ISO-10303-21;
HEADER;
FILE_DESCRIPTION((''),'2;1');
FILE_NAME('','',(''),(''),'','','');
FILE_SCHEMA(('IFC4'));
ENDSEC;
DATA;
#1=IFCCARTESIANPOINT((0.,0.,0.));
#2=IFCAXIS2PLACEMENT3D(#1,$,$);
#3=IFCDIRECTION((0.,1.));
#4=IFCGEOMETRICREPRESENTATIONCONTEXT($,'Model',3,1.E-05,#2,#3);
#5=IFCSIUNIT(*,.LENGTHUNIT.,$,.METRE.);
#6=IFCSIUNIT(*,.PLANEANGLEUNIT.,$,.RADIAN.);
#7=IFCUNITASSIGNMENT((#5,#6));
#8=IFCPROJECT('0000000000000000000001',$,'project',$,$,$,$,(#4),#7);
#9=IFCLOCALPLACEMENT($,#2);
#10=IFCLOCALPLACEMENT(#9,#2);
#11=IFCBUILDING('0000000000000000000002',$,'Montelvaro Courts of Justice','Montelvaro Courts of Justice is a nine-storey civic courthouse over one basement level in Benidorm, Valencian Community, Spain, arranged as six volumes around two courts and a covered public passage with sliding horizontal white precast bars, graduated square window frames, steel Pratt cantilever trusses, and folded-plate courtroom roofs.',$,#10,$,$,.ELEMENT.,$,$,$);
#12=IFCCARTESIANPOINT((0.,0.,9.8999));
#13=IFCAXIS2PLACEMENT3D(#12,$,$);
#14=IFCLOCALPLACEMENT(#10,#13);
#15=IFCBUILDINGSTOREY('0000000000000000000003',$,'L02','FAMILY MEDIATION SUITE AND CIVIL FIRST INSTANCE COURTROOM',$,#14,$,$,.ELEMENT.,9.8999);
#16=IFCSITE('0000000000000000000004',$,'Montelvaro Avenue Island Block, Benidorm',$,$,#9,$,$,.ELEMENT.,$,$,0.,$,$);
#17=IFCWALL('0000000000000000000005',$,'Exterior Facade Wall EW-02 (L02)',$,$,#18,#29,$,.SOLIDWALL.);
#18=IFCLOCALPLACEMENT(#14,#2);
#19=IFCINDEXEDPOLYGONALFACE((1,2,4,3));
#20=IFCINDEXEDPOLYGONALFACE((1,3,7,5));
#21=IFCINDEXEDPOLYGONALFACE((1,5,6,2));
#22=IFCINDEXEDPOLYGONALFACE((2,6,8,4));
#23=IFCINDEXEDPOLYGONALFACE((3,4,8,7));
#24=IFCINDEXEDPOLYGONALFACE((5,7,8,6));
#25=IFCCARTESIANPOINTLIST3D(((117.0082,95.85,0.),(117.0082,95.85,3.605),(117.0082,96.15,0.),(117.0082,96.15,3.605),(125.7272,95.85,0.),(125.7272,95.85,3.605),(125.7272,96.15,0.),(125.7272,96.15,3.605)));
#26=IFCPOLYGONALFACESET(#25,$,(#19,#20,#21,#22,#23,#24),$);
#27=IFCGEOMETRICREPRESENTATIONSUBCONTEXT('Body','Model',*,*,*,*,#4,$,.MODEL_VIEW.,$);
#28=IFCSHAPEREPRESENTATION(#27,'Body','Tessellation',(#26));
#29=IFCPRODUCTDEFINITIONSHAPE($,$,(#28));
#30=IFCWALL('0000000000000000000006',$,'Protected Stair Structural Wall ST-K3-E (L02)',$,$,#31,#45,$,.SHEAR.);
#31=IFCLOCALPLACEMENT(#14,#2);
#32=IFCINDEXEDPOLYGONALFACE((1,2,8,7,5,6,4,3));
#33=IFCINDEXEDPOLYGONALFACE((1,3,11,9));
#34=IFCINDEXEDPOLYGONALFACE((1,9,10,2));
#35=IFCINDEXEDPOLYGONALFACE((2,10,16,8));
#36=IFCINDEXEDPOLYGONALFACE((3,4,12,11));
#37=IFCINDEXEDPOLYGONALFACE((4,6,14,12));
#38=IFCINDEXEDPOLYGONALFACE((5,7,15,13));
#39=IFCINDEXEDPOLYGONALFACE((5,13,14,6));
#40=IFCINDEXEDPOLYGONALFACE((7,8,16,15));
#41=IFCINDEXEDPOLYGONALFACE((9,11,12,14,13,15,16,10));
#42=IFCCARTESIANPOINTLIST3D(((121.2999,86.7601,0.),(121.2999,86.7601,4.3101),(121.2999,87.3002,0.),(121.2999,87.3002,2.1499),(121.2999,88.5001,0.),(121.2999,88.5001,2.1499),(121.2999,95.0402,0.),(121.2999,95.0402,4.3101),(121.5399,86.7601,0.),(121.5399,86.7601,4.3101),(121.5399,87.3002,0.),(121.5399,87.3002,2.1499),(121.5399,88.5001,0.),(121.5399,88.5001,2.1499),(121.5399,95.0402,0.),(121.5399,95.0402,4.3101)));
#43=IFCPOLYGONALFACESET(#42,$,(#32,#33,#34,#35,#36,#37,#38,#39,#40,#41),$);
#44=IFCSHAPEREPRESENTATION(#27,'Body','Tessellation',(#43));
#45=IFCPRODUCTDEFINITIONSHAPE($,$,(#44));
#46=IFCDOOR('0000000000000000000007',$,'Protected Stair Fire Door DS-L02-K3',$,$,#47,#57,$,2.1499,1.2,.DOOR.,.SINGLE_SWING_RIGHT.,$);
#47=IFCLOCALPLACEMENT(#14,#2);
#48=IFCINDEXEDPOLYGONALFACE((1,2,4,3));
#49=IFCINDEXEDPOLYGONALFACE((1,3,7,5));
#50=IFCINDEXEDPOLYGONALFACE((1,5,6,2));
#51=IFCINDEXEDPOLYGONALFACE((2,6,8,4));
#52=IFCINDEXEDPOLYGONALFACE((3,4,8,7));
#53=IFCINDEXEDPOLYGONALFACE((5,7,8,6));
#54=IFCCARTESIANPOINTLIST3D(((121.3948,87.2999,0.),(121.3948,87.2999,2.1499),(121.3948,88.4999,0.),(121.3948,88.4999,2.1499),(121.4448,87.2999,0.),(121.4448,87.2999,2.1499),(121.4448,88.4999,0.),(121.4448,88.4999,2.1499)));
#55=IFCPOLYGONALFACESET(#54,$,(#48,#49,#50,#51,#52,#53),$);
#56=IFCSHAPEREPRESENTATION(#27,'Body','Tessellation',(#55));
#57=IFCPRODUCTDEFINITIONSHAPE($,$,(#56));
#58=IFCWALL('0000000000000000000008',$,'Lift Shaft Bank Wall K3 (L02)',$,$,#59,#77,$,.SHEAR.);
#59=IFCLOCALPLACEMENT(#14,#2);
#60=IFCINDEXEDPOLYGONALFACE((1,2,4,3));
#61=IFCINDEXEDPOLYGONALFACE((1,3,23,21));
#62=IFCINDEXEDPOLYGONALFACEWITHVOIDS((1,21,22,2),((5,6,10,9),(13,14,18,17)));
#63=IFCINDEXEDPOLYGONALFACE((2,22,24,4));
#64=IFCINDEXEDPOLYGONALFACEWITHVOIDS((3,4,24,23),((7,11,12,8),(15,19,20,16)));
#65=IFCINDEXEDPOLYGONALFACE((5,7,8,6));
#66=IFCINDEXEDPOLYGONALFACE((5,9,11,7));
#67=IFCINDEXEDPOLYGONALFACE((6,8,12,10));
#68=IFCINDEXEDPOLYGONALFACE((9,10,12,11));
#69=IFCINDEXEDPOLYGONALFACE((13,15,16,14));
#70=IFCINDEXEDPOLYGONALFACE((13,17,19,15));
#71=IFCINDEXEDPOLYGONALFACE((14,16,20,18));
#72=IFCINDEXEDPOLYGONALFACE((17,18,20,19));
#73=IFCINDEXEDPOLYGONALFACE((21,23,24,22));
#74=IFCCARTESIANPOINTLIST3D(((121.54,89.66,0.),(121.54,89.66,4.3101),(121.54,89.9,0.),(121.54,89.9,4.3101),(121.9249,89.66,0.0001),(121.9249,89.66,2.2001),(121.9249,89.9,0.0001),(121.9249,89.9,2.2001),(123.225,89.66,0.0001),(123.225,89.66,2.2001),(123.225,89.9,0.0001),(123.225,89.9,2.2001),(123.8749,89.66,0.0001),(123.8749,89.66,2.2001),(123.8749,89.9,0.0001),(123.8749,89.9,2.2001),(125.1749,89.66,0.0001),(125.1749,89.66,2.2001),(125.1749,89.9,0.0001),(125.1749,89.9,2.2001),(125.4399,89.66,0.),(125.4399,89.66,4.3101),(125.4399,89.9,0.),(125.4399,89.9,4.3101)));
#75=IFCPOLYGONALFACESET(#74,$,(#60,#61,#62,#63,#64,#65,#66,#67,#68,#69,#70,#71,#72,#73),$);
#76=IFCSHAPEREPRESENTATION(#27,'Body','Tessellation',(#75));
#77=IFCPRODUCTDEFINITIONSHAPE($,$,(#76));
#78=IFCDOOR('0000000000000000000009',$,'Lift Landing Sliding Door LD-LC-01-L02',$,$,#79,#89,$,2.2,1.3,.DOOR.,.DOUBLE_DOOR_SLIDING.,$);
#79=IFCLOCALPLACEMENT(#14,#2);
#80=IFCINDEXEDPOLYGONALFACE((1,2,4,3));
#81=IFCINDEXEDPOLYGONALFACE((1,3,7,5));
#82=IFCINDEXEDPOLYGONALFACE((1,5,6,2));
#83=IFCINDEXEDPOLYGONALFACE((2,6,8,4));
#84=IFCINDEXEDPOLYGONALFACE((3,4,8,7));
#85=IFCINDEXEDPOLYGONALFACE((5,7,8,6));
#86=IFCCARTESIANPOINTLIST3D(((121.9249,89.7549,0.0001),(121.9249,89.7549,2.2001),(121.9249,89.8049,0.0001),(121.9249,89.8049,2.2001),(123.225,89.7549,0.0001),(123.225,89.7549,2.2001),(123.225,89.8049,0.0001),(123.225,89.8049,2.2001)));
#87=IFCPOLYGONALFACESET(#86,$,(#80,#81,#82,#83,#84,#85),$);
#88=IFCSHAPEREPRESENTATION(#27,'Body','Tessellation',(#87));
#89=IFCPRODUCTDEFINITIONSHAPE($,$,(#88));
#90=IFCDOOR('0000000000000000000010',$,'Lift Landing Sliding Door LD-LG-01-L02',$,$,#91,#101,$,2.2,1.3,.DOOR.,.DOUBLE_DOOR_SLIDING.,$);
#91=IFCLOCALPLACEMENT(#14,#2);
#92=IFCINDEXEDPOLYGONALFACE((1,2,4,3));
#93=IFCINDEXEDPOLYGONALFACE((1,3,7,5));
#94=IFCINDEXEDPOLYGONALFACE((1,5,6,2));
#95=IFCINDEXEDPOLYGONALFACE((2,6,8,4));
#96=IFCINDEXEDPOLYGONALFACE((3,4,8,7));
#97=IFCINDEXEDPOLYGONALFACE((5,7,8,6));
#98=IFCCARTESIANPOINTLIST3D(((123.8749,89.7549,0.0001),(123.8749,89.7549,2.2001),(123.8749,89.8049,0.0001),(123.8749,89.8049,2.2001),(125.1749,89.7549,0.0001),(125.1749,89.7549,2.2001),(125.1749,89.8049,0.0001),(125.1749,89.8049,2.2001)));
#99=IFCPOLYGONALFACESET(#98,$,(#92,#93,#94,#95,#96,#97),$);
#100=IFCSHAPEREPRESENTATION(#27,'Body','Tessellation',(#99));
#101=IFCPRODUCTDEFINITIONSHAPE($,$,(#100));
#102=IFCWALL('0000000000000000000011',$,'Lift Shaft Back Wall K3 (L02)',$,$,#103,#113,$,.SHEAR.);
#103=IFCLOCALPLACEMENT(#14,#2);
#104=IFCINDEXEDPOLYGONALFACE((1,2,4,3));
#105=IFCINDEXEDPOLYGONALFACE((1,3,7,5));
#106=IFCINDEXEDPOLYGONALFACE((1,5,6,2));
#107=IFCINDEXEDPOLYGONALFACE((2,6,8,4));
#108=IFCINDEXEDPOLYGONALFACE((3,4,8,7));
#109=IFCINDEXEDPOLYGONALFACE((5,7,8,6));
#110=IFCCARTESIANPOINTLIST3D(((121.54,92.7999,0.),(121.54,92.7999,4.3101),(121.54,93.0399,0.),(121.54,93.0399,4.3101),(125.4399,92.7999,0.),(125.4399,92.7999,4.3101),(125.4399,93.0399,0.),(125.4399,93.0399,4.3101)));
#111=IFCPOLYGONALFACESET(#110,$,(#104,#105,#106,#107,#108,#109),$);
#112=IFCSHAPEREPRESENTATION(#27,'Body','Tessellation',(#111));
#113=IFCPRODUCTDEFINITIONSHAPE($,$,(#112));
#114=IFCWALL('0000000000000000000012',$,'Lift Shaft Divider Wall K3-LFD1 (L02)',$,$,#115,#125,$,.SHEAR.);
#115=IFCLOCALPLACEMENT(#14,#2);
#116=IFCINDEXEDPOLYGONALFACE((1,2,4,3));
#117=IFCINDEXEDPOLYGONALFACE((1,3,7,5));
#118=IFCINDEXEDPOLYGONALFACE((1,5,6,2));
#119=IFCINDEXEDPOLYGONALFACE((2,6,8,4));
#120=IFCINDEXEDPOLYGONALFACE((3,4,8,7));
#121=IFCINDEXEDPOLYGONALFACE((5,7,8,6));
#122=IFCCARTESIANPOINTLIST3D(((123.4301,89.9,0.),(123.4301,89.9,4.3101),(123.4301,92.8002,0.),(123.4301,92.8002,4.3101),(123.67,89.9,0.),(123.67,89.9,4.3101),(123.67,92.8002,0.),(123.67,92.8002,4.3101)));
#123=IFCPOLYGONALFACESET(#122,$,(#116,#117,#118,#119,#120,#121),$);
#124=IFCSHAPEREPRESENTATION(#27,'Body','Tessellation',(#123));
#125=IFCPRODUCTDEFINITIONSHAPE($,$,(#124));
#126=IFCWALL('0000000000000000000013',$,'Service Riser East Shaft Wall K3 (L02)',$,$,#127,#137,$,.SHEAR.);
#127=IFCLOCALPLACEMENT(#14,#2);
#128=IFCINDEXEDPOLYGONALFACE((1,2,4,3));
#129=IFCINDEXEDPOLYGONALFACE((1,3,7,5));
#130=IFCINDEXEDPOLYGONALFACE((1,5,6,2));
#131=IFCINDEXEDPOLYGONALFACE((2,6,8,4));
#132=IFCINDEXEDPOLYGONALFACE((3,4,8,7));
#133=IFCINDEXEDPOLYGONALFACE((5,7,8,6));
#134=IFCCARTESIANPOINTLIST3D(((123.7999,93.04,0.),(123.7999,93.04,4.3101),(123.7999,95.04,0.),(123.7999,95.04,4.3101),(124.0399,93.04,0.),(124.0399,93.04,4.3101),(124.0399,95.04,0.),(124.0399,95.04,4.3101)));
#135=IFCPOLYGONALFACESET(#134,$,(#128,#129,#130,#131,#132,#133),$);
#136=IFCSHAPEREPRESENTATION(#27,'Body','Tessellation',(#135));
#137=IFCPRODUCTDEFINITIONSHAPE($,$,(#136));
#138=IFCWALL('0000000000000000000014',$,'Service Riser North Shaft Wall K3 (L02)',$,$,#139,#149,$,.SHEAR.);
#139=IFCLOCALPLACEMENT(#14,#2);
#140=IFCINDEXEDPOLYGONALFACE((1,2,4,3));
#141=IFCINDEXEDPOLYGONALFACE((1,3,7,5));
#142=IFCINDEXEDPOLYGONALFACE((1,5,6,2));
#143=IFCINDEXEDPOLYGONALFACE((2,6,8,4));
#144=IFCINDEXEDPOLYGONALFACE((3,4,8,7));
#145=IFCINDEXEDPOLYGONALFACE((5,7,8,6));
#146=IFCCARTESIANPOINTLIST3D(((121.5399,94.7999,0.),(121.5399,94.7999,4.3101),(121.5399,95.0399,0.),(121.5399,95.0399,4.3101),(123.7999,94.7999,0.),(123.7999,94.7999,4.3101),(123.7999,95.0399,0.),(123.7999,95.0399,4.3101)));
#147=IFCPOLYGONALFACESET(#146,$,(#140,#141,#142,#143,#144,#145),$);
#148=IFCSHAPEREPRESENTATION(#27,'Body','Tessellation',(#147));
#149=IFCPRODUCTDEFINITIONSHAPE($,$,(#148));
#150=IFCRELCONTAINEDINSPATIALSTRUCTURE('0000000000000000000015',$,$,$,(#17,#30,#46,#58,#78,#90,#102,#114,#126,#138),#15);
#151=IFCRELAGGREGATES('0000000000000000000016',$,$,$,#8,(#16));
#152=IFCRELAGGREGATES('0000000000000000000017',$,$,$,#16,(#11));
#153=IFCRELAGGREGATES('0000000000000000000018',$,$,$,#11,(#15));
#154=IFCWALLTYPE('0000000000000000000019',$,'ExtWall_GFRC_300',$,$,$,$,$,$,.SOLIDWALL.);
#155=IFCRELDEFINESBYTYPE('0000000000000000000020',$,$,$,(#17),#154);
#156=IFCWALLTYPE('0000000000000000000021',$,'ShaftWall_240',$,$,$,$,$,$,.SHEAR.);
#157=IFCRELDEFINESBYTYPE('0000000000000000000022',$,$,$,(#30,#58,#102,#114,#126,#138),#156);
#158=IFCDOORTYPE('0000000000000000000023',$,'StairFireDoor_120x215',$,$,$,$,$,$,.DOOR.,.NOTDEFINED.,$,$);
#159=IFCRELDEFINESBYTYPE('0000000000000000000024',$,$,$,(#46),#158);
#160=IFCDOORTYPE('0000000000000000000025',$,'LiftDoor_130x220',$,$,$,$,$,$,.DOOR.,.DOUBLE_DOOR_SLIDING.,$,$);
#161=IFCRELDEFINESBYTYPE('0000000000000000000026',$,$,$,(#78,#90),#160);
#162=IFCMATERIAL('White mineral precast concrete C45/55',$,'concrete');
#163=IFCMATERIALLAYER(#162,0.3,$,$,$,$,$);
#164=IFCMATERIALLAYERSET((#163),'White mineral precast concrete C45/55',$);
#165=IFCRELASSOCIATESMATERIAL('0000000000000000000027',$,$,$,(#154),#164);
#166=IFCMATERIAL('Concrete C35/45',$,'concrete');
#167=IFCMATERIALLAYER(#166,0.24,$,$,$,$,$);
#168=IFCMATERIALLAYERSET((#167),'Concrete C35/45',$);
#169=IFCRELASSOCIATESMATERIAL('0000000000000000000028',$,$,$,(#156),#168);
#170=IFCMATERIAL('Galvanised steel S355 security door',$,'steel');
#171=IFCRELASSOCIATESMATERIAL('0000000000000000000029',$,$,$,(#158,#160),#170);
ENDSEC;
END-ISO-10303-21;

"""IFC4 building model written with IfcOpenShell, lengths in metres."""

from ifc_helpers import new_model, si_unit, direction, frame, frame_2d, origin, place, context, subcontext, project, spatial, rectangle, extrude, material, layer, layer_set, type_object, element, fill, save


model = new_model("IFC4")

# Units and contexts
model_context = context("Model", 3, precision=1e-05, world=origin(), true_north=direction((0.0, 1.0)))
body_context = subcontext(model_context, "Body", "Model", "MODEL_VIEW")
ifc_project = project(units=[si_unit("LENGTHUNIT", "METRE"), si_unit("PLANEANGLEUNIT", "RADIAN")], contexts=[model_context])

# Site, building, storey
site_placement = place(None, origin())
site = spatial("IfcSite", under=ifc_project, at=site_placement, Name="Montelvaro Avenue Island Block, Benidorm", CompositionType="ELEMENT", RefElevation=0.0)
building_placement = place(site_placement, origin())
building = spatial("IfcBuilding", under=site, at=building_placement, Name="Montelvaro Courts of Justice", Description="Montelvaro Courts of Justice is a nine-storey civic courthouse over one basement level in Benidorm, Valencian Community, Spain, arranged as six volumes around two courts and a covered public passage with sliding horizontal white precast bars, graduated square window frames, steel Pratt cantilever trusses, and folded-plate courtroom roofs.", CompositionType="ELEMENT")
storey_placement = place(building_placement, frame((0.0, 0.0, 9.8999)))
storey = spatial("IfcBuildingStorey", under=building, at=storey_placement, Name="L02", Description="FAMILY MEDIATION SUITE AND CIVIL FIRST INSTANCE COURTROOM", CompositionType="ELEMENT", Elevation=9.8999)

# Shared definitions
ifc_material_1 = material(Name="Galvanised steel S355 security door", Category="steel")

# Wall
ifc_material_2 = material(Name="White mineral precast concrete C45/55", Category="concrete")
ifc_layer_1 = layer(ifc_material_2, 0.3)
ifc_layer_set_1 = layer_set([ifc_layer_1], Name="White mineral precast concrete C45/55")
wall_type_1 = type_object("IfcWallType", Name="ExtWall_GFRC_300", PredefinedType="SOLIDWALL", material=ifc_layer_set_1)
wall_1_placement = place(storey_placement, frame((125.7271, 96.0, 0.0), z_axis=(0.0, 0.0, 1.0), x_axis=(-1.0, 0.0, 0.0)))
element("IfcWall", 1, at=wall_1_placement, inside=storey, type_object=wall_type_1, Name="Exterior Facade Wall EW-02 (L02)", PredefinedType="SOLIDWALL", context=body_context, shape_type="SweptSolid", body=[
    extrude(rectangle(XDim=8.719, YDim=0.3, at=frame_2d((4.3594, 0.0))), origin(), (0.0, 0.0, 1.0), 3.605),
])

# Wall, opening, door
ifc_material_3 = material(Name="Concrete C35/45", Category="concrete")
ifc_layer_2 = layer(ifc_material_3, 0.24)
ifc_layer_set_2 = layer_set([ifc_layer_2], Name="Concrete C35/45")
wall_type_2 = type_object("IfcWallType", Name="ShaftWall_240", PredefinedType="SHEAR", material=ifc_layer_set_2)
wall_2_placement = place(storey_placement, frame((121.4199, 86.76, 0.0), z_axis=(0.0, 0.0, 1.0), x_axis=(0.0, 1.0, 0.0)))
wall_2 = element("IfcWall", 2, at=wall_2_placement, inside=storey, type_object=wall_type_2, Name="Protected Stair Structural Wall ST-K3-E (L02)", PredefinedType="SHEAR", context=body_context, shape_type="SweptSolid", body=[
    extrude(rectangle(XDim=8.28, YDim=0.24, at=frame_2d((4.1401, 0.0))), origin(), (0.0, 0.0, 1.0), 4.3101),
])
opening_1_placement = place(wall_2_placement, frame((0.54, 0.0, 0.0)))
opening_1 = element("IfcOpeningElement", 3, at=opening_1_placement, cuts=wall_2, PredefinedType="OPENING", context=body_context, shape_type="SweptSolid", body=[
    extrude(rectangle(XDim=1.2, YDim=2.1499, at=frame_2d((0.6001, 1.075))), frame((0.0, 0.1348, 0.0), z_axis=(0.0, -1.0, 0.0), x_axis=(1.0, 0.0, 0.0)), (0.0, 0.0, 1.0), 0.2698),
])
door_type_1 = type_object("IfcDoorType", Name="StairFireDoor_120x215", OperationType="NOTDEFINED", PredefinedType="DOOR", material=ifc_material_1)
door_1_placement = place(opening_1_placement, frame((1.2, 0.0, 0.0), z_axis=(0.0, 0.0, 1.0), x_axis=(-1.0, 0.0, 0.0)))
door_1 = element("IfcDoor", 4, at=door_1_placement, inside=storey, type_object=door_type_1, Name="Protected Stair Fire Door DS-L02-K3", OperationType="SINGLE_SWING_RIGHT", OverallHeight=2.1499, OverallWidth=1.2, PredefinedType="DOOR", context=body_context, shape_type="SweptSolid", body=[
    extrude(rectangle(XDim=1.2, YDim=2.1499, at=frame_2d((0.6001, 1.075))), frame((0.0, 0.0249, 0.0), z_axis=(0.0, -1.0, 0.0), x_axis=(1.0, 0.0, 0.0)), (0.0, 0.0, 1.0), 0.05),
])
fill(opening_1, door_1)

# Wall, openings, doors
wall_3_placement = place(storey_placement, frame((121.54, 89.78, 0.0), z_axis=(0.0, 0.0, 1.0), x_axis=(1.0, 0.0, 0.0)))
wall_3 = element("IfcWall", 5, at=wall_3_placement, inside=storey, type_object=wall_type_2, Name="Lift Shaft Bank Wall K3 (L02)", PredefinedType="SHEAR", context=body_context, shape_type="SweptSolid", body=[
    extrude(rectangle(XDim=3.8999, YDim=0.24, at=frame_2d((1.95, 0.0))), origin(), (0.0, 0.0, 1.0), 4.3101),
])
opening_2_placement = place(wall_3_placement, frame((0.385, 0.0, 0.0)))
opening_2 = element("IfcOpeningElement", 6, at=opening_2_placement, cuts=wall_3, PredefinedType="OPENING", context=body_context, shape_type="SweptSolid", body=[
    extrude(rectangle(XDim=1.3, YDim=2.2, at=frame_2d((0.6499, 1.1001))), frame((0.0, 0.1348, 0.0), z_axis=(0.0, -1.0, 0.0), x_axis=(1.0, 0.0, 0.0)), (0.0, 0.0, 1.0), 0.2698),
])
opening_3_placement = place(wall_3_placement, frame((2.335, 0.0, 0.0)))
opening_3 = element("IfcOpeningElement", 7, at=opening_3_placement, cuts=wall_3, PredefinedType="OPENING", context=body_context, shape_type="SweptSolid", body=[
    extrude(rectangle(XDim=1.3, YDim=2.2, at=frame_2d((0.6499, 1.1001))), frame((0.0, 0.1348, 0.0), z_axis=(0.0, -1.0, 0.0), x_axis=(1.0, 0.0, 0.0)), (0.0, 0.0, 1.0), 0.2698),
])
door_type_2 = type_object("IfcDoorType", Name="LiftDoor_130x220", OperationType="DOUBLE_DOOR_SLIDING", PredefinedType="DOOR", material=ifc_material_1)
door_2_placement = place(opening_2_placement, origin())
door_2 = element("IfcDoor", 8, at=door_2_placement, inside=storey, type_object=door_type_2, Name="Lift Landing Sliding Door LD-LC-01-L02", OperationType="DOUBLE_DOOR_SLIDING", OverallHeight=2.2, OverallWidth=1.3, PredefinedType="DOOR", context=body_context, shape_type="SweptSolid", body=[
    extrude(rectangle(XDim=1.3, YDim=2.2, at=frame_2d((0.6499, 1.1001))), frame((0.0, 0.0249, 0.0), z_axis=(0.0, -1.0, 0.0), x_axis=(1.0, 0.0, 0.0)), (0.0, 0.0, 1.0), 0.05),
])
fill(opening_2, door_2)
door_3_placement = place(opening_3_placement, origin())
door_3 = element("IfcDoor", 9, at=door_3_placement, inside=storey, type_object=door_type_2, Name="Lift Landing Sliding Door LD-LG-01-L02", OperationType="DOUBLE_DOOR_SLIDING", OverallHeight=2.2, OverallWidth=1.3, PredefinedType="DOOR", context=body_context, shape_type="SweptSolid", body=[
    extrude(rectangle(XDim=1.3, YDim=2.2, at=frame_2d((0.6499, 1.1001))), frame((0.0, 0.0249, 0.0), z_axis=(0.0, -1.0, 0.0), x_axis=(1.0, 0.0, 0.0)), (0.0, 0.0, 1.0), 0.05),
])
fill(opening_3, door_3)

# Walls
wall_4_placement = place(storey_placement, frame((121.54, 92.9199, 0.0), z_axis=(0.0, 0.0, 1.0), x_axis=(1.0, 0.0, 0.0)))
element("IfcWall", 10, at=wall_4_placement, inside=storey, type_object=wall_type_2, Name="Lift Shaft Back Wall K3 (L02)", PredefinedType="SHEAR", context=body_context, shape_type="SweptSolid", body=[
    extrude(rectangle(XDim=3.8999, YDim=0.24, at=frame_2d((1.95, 0.0))), origin(), (0.0, 0.0, 1.0), 4.3101),
])
wall_5_placement = place(storey_placement, frame((123.55, 89.8999, 0.0), z_axis=(0.0, 0.0, 1.0), x_axis=(0.0, 1.0, 0.0)))
element("IfcWall", 11, at=wall_5_placement, inside=storey, type_object=wall_type_2, Name="Lift Shaft Divider Wall K3-LFD1 (L02)", PredefinedType="SHEAR", context=body_context, shape_type="SweptSolid", body=[
    extrude(rectangle(XDim=2.9001, YDim=0.24, at=frame_2d((1.4502, 0.0))), origin(), (0.0, 0.0, 1.0), 4.3101),
])
wall_6_placement = place(storey_placement, frame((123.9199, 93.04, 0.0), z_axis=(0.0, 0.0, 1.0), x_axis=(0.0, 1.0, 0.0)))
element("IfcWall", 12, at=wall_6_placement, inside=storey, type_object=wall_type_2, Name="Service Riser East Shaft Wall K3 (L02)", PredefinedType="SHEAR", context=body_context, shape_type="SweptSolid", body=[
    extrude(rectangle(XDim=2.0, YDim=0.24, at=frame_2d((1.0, 0.0))), origin(), (0.0, 0.0, 1.0), 4.3101),
])
wall_7_placement = place(storey_placement, frame((121.54, 94.9199, 0.0), z_axis=(0.0, 0.0, 1.0), x_axis=(1.0, 0.0, 0.0)))
element("IfcWall", 13, at=wall_7_placement, inside=storey, type_object=wall_type_2, Name="Service Riser North Shaft Wall K3 (L02)", PredefinedType="SHEAR", context=body_context, shape_type="SweptSolid", body=[
    extrude(rectangle(XDim=2.26, YDim=0.24, at=frame_2d((1.1299, 0.0))), origin(), (0.0, 0.0, 1.0), 4.3101),
])

save(model, "model.ifc")
